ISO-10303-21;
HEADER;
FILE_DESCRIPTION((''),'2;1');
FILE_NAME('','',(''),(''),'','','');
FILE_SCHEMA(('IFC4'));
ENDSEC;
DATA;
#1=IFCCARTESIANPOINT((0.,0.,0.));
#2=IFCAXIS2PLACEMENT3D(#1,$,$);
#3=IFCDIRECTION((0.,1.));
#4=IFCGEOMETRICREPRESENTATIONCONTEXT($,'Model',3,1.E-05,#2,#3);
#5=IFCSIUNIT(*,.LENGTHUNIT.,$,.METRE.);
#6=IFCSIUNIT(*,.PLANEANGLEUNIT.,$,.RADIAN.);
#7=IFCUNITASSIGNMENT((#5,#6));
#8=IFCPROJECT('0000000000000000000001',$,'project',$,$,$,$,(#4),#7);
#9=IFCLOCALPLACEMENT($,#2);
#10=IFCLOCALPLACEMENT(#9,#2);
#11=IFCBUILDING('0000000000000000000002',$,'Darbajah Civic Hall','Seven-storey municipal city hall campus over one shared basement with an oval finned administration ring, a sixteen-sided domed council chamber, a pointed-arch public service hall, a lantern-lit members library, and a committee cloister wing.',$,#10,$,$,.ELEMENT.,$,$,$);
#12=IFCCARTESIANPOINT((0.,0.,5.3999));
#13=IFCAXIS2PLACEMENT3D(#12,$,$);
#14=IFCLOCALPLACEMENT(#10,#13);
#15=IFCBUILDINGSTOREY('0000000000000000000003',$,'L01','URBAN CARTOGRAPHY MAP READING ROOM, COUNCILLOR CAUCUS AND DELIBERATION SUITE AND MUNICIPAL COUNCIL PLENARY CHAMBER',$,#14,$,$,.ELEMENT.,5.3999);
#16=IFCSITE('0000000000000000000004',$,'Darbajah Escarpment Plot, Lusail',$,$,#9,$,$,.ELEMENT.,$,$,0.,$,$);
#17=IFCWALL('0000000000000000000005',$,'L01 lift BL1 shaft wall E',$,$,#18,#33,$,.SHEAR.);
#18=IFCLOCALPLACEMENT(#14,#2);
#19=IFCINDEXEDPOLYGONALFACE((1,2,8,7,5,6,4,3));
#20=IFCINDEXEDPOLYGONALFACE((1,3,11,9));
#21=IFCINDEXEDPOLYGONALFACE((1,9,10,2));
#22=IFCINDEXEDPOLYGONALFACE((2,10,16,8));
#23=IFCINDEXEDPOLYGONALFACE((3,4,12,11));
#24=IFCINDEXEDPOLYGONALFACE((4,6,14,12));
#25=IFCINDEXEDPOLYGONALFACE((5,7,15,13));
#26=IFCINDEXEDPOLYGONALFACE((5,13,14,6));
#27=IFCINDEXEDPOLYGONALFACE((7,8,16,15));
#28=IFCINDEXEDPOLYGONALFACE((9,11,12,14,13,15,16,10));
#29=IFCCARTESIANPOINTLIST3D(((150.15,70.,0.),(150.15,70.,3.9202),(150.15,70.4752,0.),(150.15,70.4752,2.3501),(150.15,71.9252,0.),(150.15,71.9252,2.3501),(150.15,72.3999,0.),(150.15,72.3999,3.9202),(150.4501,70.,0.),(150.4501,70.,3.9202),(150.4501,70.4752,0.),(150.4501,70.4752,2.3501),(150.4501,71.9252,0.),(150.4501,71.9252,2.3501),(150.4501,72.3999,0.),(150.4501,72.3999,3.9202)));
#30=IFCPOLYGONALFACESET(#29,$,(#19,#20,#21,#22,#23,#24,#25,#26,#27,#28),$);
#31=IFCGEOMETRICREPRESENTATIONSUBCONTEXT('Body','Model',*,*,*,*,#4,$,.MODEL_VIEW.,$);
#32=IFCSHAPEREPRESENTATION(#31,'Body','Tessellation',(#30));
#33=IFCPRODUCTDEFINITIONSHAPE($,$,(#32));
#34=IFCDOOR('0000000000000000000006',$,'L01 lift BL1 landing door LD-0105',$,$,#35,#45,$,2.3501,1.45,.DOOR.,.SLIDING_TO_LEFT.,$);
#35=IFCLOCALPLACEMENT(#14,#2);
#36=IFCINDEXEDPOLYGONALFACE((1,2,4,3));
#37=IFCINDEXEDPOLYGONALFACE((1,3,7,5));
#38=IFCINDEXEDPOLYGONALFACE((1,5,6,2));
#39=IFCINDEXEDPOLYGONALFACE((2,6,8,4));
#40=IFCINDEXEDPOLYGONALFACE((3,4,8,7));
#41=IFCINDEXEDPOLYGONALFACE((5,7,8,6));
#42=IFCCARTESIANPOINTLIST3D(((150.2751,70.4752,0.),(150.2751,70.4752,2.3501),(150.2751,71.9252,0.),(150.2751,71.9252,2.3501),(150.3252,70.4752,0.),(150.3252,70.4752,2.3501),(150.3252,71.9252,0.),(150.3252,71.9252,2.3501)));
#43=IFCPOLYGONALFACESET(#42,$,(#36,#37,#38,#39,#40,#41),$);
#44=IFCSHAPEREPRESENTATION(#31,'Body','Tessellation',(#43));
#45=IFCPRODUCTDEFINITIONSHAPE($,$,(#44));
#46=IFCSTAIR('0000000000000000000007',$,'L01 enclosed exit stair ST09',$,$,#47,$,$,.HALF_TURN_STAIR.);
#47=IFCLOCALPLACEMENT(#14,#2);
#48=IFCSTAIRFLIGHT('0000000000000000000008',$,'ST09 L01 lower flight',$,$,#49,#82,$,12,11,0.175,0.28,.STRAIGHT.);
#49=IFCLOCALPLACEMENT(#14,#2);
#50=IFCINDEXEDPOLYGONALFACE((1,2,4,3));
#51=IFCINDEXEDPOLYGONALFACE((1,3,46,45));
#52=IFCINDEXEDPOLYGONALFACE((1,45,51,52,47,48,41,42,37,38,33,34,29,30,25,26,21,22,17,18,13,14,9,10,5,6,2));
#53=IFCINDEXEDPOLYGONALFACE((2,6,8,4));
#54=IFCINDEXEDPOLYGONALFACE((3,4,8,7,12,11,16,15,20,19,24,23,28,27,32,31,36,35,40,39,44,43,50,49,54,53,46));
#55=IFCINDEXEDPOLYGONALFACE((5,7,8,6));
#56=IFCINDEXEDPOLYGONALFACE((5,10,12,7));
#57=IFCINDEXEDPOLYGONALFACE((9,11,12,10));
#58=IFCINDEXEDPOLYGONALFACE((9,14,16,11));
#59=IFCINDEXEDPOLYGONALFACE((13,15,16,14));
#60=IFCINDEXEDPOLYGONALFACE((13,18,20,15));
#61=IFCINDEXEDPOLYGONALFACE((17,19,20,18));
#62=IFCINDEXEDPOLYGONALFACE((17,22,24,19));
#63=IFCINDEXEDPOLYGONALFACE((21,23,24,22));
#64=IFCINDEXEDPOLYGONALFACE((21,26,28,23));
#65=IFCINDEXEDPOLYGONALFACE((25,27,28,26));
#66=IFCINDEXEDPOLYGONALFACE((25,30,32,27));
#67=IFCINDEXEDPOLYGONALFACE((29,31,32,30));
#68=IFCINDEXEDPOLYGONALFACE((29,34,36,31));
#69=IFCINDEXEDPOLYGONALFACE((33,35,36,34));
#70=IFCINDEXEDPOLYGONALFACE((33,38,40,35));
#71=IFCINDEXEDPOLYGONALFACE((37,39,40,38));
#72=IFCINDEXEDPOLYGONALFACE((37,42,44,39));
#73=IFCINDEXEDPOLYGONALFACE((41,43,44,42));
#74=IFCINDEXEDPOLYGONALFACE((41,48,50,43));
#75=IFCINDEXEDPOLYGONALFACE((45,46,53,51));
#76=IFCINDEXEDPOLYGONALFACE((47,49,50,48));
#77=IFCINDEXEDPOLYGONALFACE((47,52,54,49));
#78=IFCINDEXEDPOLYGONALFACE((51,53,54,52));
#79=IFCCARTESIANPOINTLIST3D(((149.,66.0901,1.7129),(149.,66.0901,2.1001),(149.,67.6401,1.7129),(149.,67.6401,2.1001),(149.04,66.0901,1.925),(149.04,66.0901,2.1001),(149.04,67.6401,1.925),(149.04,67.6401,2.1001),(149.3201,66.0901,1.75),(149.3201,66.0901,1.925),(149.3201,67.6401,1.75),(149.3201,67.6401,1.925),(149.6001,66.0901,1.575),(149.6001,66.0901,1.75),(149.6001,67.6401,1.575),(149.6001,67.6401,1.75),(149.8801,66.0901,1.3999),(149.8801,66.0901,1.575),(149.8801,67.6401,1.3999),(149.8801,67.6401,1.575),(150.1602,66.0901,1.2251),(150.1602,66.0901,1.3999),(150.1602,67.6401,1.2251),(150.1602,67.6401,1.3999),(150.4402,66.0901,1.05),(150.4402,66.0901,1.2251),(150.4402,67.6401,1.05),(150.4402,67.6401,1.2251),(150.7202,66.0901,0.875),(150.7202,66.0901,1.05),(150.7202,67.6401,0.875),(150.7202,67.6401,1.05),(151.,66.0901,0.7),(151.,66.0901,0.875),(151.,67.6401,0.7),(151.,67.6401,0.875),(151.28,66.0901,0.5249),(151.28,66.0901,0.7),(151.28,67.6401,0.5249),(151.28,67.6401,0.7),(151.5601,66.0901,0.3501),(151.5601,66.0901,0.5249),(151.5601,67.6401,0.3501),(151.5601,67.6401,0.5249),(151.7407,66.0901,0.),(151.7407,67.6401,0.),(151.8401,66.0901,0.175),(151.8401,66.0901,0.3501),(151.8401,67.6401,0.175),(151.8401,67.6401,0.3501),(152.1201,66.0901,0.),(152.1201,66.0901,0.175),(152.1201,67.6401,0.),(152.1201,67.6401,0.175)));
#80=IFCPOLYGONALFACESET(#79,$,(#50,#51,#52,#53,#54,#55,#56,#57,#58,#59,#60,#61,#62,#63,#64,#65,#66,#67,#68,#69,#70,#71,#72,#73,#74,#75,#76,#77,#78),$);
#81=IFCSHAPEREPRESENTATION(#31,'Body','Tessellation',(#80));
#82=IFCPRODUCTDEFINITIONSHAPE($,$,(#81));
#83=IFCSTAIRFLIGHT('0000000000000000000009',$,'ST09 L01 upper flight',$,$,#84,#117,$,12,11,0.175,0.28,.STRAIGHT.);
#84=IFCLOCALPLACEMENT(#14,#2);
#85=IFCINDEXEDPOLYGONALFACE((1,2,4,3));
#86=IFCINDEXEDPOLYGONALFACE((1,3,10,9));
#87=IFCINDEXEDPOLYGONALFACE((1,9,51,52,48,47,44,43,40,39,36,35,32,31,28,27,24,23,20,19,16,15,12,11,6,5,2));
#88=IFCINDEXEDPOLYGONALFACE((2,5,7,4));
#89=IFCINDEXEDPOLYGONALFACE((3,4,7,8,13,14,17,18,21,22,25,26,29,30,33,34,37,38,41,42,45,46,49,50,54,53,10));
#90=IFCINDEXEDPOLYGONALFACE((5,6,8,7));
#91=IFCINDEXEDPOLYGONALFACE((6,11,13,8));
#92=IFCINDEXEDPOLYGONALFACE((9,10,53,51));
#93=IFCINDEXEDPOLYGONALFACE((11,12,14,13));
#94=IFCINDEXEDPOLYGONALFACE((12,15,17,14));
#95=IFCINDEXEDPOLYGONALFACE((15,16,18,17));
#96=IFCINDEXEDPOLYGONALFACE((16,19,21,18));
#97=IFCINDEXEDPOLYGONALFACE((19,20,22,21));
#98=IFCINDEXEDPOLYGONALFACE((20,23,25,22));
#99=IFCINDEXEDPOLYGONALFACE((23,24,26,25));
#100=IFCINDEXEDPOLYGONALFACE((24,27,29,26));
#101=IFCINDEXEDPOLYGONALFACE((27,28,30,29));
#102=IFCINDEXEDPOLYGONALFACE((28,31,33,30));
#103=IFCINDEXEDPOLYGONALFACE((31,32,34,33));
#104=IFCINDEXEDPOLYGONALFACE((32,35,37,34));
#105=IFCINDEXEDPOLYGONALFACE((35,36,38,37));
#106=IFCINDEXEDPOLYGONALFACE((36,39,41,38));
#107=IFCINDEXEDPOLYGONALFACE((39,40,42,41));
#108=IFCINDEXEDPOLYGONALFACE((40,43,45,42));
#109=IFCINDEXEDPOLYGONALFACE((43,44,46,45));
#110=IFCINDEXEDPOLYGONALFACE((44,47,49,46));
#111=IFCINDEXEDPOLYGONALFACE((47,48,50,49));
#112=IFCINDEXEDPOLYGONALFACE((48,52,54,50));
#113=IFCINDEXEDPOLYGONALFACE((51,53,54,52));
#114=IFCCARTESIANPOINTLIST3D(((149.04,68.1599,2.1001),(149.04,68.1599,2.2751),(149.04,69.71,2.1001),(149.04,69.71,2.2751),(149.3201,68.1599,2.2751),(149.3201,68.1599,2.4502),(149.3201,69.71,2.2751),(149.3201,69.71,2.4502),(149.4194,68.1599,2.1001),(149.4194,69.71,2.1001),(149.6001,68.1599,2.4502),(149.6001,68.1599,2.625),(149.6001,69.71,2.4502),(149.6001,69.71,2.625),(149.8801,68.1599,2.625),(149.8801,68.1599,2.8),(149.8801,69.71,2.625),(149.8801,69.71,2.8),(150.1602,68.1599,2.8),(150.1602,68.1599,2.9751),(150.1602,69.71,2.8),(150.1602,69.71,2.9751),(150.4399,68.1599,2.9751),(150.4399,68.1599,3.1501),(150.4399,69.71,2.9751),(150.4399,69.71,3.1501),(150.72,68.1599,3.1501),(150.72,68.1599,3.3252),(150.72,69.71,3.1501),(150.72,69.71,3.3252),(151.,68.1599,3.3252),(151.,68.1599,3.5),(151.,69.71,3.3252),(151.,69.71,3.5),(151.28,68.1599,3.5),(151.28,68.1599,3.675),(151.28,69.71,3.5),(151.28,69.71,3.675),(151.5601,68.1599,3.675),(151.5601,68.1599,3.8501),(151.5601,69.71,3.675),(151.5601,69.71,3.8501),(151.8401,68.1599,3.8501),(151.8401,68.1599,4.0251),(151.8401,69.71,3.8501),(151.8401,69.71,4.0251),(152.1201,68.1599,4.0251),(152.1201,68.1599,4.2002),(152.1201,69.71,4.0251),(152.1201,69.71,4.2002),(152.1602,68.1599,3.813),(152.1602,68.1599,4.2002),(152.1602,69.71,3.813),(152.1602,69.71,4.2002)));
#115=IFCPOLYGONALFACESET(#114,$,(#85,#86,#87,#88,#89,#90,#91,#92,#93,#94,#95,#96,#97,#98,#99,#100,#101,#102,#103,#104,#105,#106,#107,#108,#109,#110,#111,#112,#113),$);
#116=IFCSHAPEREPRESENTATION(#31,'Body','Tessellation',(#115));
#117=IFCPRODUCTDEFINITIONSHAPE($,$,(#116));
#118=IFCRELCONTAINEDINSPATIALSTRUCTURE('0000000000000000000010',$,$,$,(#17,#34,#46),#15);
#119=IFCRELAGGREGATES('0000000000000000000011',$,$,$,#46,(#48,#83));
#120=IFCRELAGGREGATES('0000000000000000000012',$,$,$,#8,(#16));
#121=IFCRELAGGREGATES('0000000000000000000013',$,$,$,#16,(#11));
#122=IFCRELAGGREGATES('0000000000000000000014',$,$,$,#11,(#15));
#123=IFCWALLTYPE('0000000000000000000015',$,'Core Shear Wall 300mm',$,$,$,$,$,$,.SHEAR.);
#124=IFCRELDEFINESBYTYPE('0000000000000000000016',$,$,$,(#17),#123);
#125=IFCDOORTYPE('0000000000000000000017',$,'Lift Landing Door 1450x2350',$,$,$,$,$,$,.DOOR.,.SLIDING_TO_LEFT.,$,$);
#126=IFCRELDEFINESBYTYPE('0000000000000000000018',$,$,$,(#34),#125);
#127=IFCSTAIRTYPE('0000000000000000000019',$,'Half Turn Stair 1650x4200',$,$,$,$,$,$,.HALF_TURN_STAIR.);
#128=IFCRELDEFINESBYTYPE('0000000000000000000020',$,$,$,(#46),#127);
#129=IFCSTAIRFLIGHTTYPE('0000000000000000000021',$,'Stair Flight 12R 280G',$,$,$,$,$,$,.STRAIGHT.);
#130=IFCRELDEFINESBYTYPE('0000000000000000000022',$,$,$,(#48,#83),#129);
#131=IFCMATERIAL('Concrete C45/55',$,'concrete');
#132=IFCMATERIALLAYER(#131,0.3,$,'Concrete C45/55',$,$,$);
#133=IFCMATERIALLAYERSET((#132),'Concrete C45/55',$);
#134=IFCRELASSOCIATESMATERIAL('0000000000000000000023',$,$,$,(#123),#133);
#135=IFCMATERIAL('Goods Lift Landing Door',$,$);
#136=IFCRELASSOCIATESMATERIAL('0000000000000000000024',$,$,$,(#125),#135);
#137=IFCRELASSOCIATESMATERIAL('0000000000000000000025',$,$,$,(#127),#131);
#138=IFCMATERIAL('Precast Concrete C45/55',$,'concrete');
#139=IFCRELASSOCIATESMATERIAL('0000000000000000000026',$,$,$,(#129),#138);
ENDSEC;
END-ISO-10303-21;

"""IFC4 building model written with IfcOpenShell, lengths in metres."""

from ifc_helpers import new_model, si_unit, direction, frame, frame_2d, origin, place, context, subcontext, project, spatial, polyline, rectangle, outline, extrude, material, layer, layer_set, type_object, element, fill, aggregate, save


model = new_model("IFC4")

# Units and contexts
model_context = context("Model", 3, precision=1e-05, world=origin(), true_north=direction((0.0, 1.0)))
body_context = subcontext(model_context, "Body", "Model", "MODEL_VIEW")
ifc_project = project(units=[si_unit("LENGTHUNIT", "METRE"), si_unit("PLANEANGLEUNIT", "RADIAN")], contexts=[model_context])

# Site, building, storey
site_placement = place(None, origin())
site = spatial("IfcSite", under=ifc_project, at=site_placement, Name="Darbajah Escarpment Plot, Lusail", CompositionType="ELEMENT", RefElevation=0.0)
building_placement = place(site_placement, origin())
building = spatial("IfcBuilding", under=site, at=building_placement, Name="Darbajah Civic Hall", Description="Seven-storey municipal city hall campus over one shared basement with an oval finned administration ring, a sixteen-sided domed council chamber, a pointed-arch public service hall, a lantern-lit members library, and a committee cloister wing.", CompositionType="ELEMENT")
storey_placement = place(building_placement, frame((0.0, 0.0, 5.3999)))
storey = spatial("IfcBuildingStorey", under=building, at=storey_placement, Name="L01", Description="URBAN CARTOGRAPHY MAP READING ROOM, COUNCILLOR CAUCUS AND DELIBERATION SUITE AND MUNICIPAL COUNCIL PLENARY CHAMBER", CompositionType="ELEMENT", Elevation=5.3999)

# Shared definitions
ifc_material_1 = material(Name="Concrete C45/55", Category="concrete")

# Shared definitions
ifc_layer = layer(ifc_material_1, 0.3, Name="Concrete C45/55")
ifc_layer_set = layer_set([ifc_layer], Name="Concrete C45/55")
wall_type = type_object("IfcWallType", Name="Core Shear Wall 300mm", PredefinedType="SHEAR", material=ifc_layer_set)

# Wall, opening, door
wall_1_placement = place(storey_placement, frame((150.3, 70.0, 0.0), z_axis=(0.0, 0.0, 1.0), x_axis=(0.0, 1.0, 0.0)))
wall_1 = element("IfcWall", 1, at=wall_1_placement, inside=storey, type_object=wall_type, Name="L01 lift BL1 shaft wall E", PredefinedType="SHEAR", context=body_context, shape_type="SweptSolid", body=[
    extrude(rectangle(XDim=2.3999, YDim=0.3, at=frame_2d((1.2, 0.0))), origin(), (0.0, 0.0, 1.0), 3.9202),
])
opening_placement = place(wall_1_placement, frame((0.4751, 0.0, 0.0)))
opening = element("IfcOpeningElement", 2, at=opening_placement, cuts=wall_1, PredefinedType="OPENING", context=body_context, shape_type="SweptSolid", body=[
    extrude(rectangle(XDim=1.45, YDim=2.3501, at=frame_2d((0.7251, 1.175))), frame((0.0, 0.1599, 0.0), z_axis=(0.0, -1.0, 0.0), x_axis=(1.0, 0.0, 0.0)), (0.0, 0.0, 1.0), 0.3201),
])
ifc_material_2 = material(Name="Goods Lift Landing Door")
door_type = type_object("IfcDoorType", Name="Lift Landing Door 1450x2350", OperationType="SLIDING_TO_LEFT", PredefinedType="DOOR", material=ifc_material_2)
door_placement = place(opening_placement, origin())
door = element("IfcDoor", 3, at=door_placement, inside=storey, type_object=door_type, Name="L01 lift BL1 landing door LD-0105", OperationType="SLIDING_TO_LEFT", OverallHeight=2.3501, OverallWidth=1.45, PredefinedType="DOOR", context=body_context, shape_type="SweptSolid", body=[
    extrude(rectangle(XDim=1.45, YDim=2.3501, at=frame_2d((0.7251, 1.175))), frame((0.0, 0.0249, 0.0), z_axis=(0.0, -1.0, 0.0), x_axis=(1.0, 0.0, 0.0)), (0.0, 0.0, 1.0), 0.05),
])
fill(opening, door)

# Stair, stair flights
stair_type = type_object("IfcStairType", Name="Half Turn Stair 1650x4200", PredefinedType="HALF_TURN_STAIR", material=ifc_material_1)
stair_placement = place(storey_placement, origin())
stair = element("IfcStair", 4, at=stair_placement, inside=storey, type_object=stair_type, Name="L01 enclosed exit stair ST09", PredefinedType="HALF_TURN_STAIR")
ifc_material_3 = material(Name="Precast Concrete C45/55", Category="concrete")
stair_flight_type = type_object("IfcStairFlightType", Name="Stair Flight 12R 280G", PredefinedType="STRAIGHT", material=ifc_material_3)
stair_flight_1_placement = place(storey_placement, frame((152.1201, 66.865, 0.0), z_axis=(0.0, 0.0, 1.0), x_axis=(-1.0, 0.0, 0.0)))
stair_flight_1 = element("IfcStairFlight", 5, at=stair_flight_1_placement, type_object=stair_flight_type, Name="ST09 L01 lower flight", NumberOfRisers=12, NumberOfTreads=11, PredefinedType="STRAIGHT", RiserHeight=0.175, TreadLength=0.28, context=body_context, shape_type="SweptSolid", body=[
    extrude(outline(polyline([(0.0, 0.0), (0.0, 0.175), (0.28, 0.175), (0.28, 0.3501), (0.5601, 0.3501), (0.5601, 0.5249), (0.8401, 0.5249), (0.8401, 0.7), (1.1201, 0.7), (1.1201, 0.875), (1.3999, 0.875), (1.3999, 1.05), (1.6799, 1.05), (1.6799, 1.2251), (1.96, 1.2251), (1.96, 1.3999), (2.24, 1.3999), (2.24, 1.575), (2.52, 1.575), (2.52, 1.75), (2.8, 1.75), (2.8, 1.925), (3.0801, 1.925), (3.0801, 2.1001), (3.1201, 2.1001), (3.1201, 1.7129), (0.3794, 0.0), (0.0, 0.0)])), frame((0.0, 0.7749, 0.0), z_axis=(0.0, -1.0, 0.0), x_axis=(1.0, 0.0, 0.0)), (0.0, 0.0, 1.0), 1.55),
])
stair_flight_2_placement = place(storey_placement, frame((149.04, 68.9351, 2.1001), z_axis=(0.0, 0.0, 1.0), x_axis=(1.0, 0.0, 0.0)))
stair_flight_2 = element("IfcStairFlight", 6, at=stair_flight_2_placement, type_object=stair_flight_type, Name="ST09 L01 upper flight", NumberOfRisers=12, NumberOfTreads=11, PredefinedType="STRAIGHT", RiserHeight=0.175, TreadLength=0.28, context=body_context, shape_type="SweptSolid", body=[
    extrude(outline(polyline([(0.0, 0.0), (0.0, 0.175), (0.28, 0.175), (0.28, 0.3501), (0.5601, 0.3501), (0.5601, 0.5249), (0.8401, 0.5249), (0.8401, 0.7), (1.1201, 0.7), (1.1201, 0.875), (1.3999, 0.875), (1.3999, 1.05), (1.6799, 1.05), (1.6799, 1.2251), (1.96, 1.2251), (1.96, 1.3999), (2.24, 1.3999), (2.24, 1.575), (2.52, 1.575), (2.52, 1.75), (2.8, 1.75), (2.8, 1.925), (3.0801, 1.925), (3.0801, 2.1001), (3.1201, 2.1001), (3.1201, 1.7129), (0.3794, 0.0), (0.0, 0.0)])), frame((0.0, 0.7749, 0.0), z_axis=(0.0, -1.0, 0.0), x_axis=(1.0, 0.0, 0.0)), (0.0, 0.0, 1.0), 1.55),
])
aggregate(stair, [stair_flight_1, stair_flight_2])

save(model, "model.ifc")
